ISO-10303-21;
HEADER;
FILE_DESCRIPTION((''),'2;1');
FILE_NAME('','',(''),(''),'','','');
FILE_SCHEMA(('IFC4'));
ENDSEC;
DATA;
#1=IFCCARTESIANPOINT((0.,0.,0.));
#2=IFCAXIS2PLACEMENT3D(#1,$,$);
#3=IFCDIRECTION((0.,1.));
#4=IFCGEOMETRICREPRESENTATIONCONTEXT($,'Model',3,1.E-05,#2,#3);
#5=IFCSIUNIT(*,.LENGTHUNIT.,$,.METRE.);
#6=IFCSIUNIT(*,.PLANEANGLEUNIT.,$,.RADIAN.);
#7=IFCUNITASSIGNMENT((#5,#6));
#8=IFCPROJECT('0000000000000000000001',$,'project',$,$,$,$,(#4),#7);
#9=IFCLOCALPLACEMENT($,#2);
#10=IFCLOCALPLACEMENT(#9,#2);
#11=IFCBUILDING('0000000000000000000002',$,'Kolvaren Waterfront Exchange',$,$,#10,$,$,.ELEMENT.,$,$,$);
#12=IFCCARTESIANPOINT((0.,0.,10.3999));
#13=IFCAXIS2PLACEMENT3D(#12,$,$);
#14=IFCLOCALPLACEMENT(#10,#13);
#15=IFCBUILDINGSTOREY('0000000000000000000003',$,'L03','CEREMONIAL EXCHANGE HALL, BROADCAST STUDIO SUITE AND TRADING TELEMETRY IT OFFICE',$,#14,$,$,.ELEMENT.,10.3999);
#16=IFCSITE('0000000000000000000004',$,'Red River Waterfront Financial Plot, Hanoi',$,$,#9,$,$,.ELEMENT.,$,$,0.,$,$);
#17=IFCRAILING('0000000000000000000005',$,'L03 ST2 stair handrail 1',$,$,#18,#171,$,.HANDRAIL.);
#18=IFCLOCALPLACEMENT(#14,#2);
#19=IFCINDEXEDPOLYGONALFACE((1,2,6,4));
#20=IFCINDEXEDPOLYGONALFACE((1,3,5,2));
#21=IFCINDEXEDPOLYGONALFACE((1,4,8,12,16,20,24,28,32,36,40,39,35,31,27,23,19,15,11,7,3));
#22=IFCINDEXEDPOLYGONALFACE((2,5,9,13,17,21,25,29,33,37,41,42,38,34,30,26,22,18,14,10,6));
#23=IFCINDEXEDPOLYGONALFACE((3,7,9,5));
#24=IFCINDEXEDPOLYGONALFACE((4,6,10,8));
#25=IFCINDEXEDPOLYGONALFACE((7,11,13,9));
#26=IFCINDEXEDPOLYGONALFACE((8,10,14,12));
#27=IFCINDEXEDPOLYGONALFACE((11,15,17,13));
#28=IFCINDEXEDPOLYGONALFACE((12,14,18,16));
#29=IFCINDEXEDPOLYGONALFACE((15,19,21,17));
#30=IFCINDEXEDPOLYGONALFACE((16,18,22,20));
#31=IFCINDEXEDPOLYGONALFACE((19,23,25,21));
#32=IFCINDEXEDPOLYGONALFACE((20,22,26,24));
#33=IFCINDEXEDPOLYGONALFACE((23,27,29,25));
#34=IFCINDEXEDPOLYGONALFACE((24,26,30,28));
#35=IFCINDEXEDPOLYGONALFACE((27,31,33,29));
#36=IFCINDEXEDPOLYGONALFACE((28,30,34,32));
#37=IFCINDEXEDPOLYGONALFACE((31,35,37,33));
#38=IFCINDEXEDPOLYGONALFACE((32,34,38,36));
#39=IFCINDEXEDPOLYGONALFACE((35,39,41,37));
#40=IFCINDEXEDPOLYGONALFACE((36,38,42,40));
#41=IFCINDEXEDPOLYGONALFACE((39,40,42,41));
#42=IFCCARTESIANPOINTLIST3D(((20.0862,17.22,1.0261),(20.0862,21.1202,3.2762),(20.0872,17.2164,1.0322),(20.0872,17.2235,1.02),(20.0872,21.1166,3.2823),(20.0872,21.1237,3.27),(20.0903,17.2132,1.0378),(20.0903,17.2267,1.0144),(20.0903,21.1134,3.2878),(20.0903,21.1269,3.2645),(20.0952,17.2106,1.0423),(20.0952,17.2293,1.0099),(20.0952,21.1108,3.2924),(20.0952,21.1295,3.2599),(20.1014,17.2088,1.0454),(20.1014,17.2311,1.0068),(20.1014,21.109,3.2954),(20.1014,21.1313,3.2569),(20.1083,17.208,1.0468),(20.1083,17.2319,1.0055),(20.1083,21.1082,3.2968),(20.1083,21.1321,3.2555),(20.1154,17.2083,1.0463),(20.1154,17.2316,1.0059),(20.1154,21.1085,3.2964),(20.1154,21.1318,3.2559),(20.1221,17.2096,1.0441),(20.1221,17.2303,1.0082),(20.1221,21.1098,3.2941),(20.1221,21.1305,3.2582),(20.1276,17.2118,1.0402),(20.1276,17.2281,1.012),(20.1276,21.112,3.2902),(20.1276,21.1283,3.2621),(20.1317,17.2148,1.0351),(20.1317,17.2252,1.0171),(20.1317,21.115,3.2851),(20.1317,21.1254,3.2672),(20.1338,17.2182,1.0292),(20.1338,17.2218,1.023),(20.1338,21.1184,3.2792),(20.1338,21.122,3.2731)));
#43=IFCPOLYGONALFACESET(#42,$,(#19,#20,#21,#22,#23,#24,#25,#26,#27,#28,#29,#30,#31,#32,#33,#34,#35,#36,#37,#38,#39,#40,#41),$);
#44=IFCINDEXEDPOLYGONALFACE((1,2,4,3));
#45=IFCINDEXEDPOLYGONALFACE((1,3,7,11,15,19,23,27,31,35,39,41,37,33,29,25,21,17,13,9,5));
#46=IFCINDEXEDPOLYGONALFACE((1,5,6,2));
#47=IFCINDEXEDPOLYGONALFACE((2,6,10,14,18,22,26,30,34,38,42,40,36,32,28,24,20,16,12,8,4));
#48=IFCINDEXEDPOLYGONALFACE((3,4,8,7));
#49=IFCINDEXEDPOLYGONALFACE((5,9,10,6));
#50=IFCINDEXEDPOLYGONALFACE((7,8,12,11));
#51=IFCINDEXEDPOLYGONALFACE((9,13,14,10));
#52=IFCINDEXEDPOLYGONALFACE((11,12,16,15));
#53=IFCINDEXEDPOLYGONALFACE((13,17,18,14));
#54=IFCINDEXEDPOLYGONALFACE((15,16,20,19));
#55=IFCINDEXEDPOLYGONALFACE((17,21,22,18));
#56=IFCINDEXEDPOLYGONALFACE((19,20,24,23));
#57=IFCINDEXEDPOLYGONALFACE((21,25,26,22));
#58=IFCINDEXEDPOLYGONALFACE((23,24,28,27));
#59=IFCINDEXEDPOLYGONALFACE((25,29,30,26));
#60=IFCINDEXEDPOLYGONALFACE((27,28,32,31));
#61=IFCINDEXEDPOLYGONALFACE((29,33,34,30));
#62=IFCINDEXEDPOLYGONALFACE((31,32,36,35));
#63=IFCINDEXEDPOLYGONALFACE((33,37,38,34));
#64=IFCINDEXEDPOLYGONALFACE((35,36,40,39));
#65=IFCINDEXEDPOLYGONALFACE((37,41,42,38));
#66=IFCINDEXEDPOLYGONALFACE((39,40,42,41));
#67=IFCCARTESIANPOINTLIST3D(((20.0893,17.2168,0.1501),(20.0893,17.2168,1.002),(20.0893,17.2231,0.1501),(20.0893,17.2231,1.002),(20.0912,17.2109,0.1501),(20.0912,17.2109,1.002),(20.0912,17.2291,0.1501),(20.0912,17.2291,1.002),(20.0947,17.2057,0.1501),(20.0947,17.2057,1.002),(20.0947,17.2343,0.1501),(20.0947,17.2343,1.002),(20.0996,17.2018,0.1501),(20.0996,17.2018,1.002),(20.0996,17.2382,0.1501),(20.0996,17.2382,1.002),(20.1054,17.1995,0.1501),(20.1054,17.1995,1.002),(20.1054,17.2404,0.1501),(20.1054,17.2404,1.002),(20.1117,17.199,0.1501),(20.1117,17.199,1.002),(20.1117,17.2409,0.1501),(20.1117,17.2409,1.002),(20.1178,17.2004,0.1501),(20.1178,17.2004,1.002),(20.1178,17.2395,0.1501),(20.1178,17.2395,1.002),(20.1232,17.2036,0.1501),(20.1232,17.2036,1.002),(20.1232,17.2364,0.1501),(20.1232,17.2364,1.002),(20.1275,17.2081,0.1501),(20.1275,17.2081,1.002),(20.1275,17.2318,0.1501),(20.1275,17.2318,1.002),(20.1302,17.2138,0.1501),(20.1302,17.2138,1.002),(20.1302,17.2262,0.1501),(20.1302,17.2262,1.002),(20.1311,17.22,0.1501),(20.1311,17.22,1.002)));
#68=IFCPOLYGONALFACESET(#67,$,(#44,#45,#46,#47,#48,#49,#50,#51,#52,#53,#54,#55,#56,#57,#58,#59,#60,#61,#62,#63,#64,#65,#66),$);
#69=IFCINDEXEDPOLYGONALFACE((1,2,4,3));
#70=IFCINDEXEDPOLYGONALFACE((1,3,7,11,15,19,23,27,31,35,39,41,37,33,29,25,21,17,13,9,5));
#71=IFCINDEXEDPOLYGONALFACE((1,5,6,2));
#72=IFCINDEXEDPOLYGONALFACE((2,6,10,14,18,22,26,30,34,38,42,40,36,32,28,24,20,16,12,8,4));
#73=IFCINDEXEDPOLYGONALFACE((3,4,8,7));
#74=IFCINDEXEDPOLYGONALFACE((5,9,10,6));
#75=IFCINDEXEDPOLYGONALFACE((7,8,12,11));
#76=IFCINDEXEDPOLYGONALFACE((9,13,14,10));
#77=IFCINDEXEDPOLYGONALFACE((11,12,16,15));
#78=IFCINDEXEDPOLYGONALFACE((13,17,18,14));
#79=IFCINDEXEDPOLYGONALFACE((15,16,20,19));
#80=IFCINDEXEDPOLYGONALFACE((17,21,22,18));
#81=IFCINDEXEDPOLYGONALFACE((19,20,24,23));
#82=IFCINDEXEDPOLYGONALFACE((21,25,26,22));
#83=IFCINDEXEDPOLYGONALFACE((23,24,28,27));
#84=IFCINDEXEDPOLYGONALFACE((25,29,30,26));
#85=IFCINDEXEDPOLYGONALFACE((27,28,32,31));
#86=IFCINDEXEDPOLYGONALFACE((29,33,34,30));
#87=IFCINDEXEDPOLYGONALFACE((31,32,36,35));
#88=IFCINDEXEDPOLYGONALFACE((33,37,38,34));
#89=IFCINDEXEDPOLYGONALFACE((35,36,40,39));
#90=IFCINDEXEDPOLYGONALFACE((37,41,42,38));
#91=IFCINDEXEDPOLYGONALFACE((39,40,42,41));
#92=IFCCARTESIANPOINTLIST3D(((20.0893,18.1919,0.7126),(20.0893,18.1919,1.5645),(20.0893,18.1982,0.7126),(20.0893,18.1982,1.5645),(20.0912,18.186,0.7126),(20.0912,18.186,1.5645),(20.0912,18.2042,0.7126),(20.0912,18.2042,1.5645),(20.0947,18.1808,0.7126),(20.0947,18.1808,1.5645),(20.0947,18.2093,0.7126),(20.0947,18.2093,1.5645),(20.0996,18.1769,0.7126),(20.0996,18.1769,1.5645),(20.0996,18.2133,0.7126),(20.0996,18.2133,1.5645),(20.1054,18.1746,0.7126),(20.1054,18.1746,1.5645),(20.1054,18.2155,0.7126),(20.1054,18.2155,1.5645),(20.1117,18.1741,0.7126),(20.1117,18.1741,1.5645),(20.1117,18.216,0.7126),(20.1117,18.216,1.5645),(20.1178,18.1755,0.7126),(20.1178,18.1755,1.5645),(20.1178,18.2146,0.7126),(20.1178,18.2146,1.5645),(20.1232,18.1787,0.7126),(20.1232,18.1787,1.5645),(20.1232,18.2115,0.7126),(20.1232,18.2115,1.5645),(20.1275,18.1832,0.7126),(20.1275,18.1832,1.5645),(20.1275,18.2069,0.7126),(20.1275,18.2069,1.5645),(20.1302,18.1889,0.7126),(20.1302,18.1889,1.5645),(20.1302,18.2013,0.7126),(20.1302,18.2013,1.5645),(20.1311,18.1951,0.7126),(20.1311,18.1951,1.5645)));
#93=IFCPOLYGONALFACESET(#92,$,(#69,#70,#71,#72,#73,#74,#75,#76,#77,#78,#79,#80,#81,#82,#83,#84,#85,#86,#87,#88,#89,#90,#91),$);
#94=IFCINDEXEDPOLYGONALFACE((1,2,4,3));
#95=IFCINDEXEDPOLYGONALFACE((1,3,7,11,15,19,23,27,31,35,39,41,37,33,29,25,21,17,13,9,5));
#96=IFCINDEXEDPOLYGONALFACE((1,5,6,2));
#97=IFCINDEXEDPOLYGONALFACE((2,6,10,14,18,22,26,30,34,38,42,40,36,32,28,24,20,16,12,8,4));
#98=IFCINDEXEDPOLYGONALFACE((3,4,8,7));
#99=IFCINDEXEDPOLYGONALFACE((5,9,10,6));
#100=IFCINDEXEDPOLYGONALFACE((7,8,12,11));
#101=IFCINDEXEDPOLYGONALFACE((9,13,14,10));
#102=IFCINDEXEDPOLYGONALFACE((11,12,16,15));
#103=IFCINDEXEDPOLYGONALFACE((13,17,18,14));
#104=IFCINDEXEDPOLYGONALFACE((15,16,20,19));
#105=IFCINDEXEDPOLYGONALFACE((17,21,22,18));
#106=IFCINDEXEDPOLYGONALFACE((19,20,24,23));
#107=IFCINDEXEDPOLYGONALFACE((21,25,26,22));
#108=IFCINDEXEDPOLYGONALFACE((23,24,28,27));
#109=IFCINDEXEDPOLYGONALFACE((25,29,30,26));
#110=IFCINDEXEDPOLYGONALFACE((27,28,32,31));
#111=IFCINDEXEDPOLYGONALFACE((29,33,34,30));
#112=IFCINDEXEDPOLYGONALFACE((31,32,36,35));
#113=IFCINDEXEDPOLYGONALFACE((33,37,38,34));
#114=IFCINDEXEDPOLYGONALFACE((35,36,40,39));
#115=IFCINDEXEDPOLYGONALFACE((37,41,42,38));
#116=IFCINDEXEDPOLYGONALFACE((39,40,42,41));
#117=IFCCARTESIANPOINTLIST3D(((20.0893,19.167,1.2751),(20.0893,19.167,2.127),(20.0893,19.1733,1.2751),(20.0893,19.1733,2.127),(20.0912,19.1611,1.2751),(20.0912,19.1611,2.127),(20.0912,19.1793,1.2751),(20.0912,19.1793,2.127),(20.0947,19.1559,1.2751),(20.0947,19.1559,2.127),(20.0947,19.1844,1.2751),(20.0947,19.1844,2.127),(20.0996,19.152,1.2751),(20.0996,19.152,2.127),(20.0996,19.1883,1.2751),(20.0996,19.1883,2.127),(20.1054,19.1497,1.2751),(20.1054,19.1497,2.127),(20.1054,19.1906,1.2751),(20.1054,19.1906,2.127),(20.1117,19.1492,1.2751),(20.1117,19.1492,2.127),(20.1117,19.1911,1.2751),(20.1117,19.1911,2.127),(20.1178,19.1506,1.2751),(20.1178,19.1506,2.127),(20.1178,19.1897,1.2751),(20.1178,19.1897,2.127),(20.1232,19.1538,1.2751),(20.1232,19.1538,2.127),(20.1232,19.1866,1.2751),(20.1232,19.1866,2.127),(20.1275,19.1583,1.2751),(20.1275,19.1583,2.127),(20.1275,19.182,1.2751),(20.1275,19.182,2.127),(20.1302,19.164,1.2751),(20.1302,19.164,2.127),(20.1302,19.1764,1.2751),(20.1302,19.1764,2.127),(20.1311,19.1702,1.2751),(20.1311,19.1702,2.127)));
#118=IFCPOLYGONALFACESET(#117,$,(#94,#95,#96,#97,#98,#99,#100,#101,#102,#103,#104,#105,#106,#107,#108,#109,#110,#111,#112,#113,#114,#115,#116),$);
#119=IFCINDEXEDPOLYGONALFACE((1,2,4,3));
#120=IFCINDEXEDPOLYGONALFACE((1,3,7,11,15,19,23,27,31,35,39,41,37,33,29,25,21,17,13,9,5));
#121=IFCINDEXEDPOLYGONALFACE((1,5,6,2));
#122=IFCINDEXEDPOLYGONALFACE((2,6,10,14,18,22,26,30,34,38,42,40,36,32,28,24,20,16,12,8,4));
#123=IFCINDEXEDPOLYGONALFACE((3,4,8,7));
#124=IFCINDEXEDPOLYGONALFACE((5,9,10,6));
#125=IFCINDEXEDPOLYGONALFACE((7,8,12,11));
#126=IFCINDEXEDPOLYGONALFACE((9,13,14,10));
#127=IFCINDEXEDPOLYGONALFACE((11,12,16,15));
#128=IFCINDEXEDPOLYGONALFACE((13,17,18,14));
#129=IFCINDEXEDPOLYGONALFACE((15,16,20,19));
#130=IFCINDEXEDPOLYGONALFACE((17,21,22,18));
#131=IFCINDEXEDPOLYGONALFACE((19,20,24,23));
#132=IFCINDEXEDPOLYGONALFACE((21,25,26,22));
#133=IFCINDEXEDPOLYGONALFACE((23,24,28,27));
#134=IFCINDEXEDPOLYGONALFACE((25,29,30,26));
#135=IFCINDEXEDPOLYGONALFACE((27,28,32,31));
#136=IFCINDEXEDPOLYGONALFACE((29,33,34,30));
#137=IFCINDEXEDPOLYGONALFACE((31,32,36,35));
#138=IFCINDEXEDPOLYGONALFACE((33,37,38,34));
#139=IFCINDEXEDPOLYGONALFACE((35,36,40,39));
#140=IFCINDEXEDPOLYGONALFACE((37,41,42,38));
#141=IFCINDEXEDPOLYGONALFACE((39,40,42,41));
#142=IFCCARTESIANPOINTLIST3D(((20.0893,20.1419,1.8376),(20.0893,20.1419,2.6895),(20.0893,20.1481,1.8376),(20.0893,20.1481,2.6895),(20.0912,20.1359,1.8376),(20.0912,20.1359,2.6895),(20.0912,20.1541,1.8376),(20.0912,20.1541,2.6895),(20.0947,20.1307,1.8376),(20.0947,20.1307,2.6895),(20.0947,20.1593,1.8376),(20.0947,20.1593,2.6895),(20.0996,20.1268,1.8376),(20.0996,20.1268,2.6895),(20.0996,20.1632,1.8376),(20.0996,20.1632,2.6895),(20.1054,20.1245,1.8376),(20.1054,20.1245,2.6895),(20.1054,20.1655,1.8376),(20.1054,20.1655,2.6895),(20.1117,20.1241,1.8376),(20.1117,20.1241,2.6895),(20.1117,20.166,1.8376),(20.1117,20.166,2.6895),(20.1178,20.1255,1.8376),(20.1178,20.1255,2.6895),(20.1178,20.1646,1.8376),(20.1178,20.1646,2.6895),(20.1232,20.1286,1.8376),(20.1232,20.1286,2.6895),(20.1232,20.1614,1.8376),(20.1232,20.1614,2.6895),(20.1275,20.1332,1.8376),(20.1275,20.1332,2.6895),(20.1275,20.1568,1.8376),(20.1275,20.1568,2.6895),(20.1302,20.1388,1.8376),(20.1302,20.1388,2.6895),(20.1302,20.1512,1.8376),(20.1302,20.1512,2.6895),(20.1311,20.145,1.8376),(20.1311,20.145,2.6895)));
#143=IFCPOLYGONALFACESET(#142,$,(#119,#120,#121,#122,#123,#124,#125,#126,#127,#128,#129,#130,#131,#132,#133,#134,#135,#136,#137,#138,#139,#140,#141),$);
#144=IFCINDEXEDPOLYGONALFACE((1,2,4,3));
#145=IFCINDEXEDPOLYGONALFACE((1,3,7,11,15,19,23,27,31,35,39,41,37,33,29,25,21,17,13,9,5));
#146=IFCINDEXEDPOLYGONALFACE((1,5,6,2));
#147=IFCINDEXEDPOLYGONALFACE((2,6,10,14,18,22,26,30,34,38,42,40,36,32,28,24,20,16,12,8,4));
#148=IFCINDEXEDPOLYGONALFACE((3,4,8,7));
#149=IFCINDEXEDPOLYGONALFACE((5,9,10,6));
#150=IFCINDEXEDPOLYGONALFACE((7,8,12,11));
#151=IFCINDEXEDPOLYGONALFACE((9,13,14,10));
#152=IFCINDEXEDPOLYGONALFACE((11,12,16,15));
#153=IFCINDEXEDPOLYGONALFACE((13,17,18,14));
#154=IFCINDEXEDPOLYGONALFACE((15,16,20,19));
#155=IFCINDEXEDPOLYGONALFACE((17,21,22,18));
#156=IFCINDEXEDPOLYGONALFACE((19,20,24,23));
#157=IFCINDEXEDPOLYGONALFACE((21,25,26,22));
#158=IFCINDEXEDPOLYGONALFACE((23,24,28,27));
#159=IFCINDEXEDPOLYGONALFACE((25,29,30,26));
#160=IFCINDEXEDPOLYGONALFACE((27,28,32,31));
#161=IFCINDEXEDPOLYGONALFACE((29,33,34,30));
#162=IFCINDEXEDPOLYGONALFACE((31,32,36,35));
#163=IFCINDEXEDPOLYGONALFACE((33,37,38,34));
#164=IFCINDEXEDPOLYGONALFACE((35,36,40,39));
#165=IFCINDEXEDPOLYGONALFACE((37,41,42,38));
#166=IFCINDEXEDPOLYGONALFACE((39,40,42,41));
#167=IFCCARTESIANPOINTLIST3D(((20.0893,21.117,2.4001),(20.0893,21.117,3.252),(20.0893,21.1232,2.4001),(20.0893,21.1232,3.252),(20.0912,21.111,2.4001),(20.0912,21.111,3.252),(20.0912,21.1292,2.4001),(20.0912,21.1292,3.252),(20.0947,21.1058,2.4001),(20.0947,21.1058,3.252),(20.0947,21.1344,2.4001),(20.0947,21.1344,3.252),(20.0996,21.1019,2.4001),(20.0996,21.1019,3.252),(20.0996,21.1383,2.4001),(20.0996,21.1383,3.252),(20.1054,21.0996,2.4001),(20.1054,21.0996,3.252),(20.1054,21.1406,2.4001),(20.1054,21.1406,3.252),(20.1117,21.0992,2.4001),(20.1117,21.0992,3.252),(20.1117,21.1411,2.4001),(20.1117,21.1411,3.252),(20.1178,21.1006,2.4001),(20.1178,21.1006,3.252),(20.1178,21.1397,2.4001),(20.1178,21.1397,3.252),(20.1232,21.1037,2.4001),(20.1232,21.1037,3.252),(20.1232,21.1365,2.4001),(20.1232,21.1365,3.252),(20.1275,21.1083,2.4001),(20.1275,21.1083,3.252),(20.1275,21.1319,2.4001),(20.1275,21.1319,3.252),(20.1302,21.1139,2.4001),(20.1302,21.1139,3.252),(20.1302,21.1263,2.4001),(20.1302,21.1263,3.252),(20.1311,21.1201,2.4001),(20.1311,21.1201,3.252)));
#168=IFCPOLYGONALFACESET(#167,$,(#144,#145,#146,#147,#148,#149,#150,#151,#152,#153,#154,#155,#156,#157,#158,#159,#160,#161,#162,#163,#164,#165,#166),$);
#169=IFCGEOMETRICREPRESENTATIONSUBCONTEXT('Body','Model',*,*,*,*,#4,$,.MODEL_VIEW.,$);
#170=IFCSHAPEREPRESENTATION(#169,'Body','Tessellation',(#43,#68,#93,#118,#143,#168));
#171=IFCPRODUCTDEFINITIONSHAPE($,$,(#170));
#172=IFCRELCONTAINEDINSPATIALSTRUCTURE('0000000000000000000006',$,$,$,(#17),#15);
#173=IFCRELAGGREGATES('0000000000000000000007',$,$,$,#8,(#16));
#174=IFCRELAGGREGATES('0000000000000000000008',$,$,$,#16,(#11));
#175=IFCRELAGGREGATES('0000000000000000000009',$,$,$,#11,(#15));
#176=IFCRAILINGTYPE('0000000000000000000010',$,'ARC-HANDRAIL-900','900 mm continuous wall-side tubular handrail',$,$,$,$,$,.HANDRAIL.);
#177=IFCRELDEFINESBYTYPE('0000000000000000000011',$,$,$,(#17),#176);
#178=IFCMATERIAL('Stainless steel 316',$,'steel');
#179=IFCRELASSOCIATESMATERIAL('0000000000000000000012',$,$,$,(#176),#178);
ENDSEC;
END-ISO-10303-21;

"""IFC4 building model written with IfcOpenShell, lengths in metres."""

from ifc_helpers import new_model, si_unit, direction, frame, origin, origin_2d, place, context, subcontext, project, spatial, circle, extrude, material, type_object, element, save


model = new_model("IFC4")

# Units and contexts
model_context = context("Model", 3, precision=1e-05, world=origin(), true_north=direction((0.0, 1.0)))
body_context = subcontext(model_context, "Body", "Model", "MODEL_VIEW")
ifc_project = project(units=[si_unit("LENGTHUNIT", "METRE"), si_unit("PLANEANGLEUNIT", "RADIAN")], contexts=[model_context])

# Site, building, storey
site_placement = place(None, origin())
site = spatial("IfcSite", under=ifc_project, at=site_placement, Name="Red River Waterfront Financial Plot, Hanoi", CompositionType="ELEMENT", RefElevation=0.0)
building_placement = place(site_placement, origin())
building = spatial("IfcBuilding", under=site, at=building_placement, Name="Kolvaren Waterfront Exchange", CompositionType="ELEMENT")
storey_placement = place(building_placement, frame((0.0, 0.0, 10.3999)))
storey = spatial("IfcBuildingStorey", under=building, at=storey_placement, Name="L03", Description="CEREMONIAL EXCHANGE HALL, BROADCAST STUDIO SUITE AND TRADING TELEMETRY IT OFFICE", CompositionType="ELEMENT", Elevation=10.3999)

# Railing
ifc_material_1 = material(Name="Stainless steel 316", Category="steel")
railing_type_1 = type_object("IfcRailingType", Name="ARC-HANDRAIL-900", Description="900 mm continuous wall-side tubular handrail", PredefinedType="HANDRAIL", material=ifc_material_1)
railing_1_placement = place(storey_placement, frame((20.1101, 17.22, 0.1501)))
element("IfcRailing", 1, at=railing_1_placement, inside=storey, type_object=railing_type_1, Name="L03 ST2 stair handrail 1", PredefinedType="HANDRAIL", context=body_context, shape_type="SweptSolid", body=[
    extrude(circle(Radius=0.0239, at=origin_2d()), frame((0.0, 0.0, 0.876), z_axis=(0.0, 0.866194, 0.499708), x_axis=(-1.0, 0.0, 0.0)), (0.0, 0.0, 1.0), 4.5027),
    extrude(circle(Radius=0.021, at=origin_2d()), origin(), (0.0, 0.0, 1.0), 0.8518),
    extrude(circle(Radius=0.021, at=origin_2d()), frame((0.0, 0.9751, 0.5625)), (0.0, 0.0, 1.0), 0.8518),
    extrude(circle(Radius=0.021, at=origin_2d()), frame((0.0, 1.9502, 1.125)), (0.0, 0.0, 1.0), 0.8518),
    extrude(circle(Radius=0.021, at=origin_2d()), frame((0.0, 2.925, 1.6875)), (0.0, 0.0, 1.0), 0.8518),
    extrude(circle(Radius=0.021, at=origin_2d()), frame((0.0, 3.9001, 2.25)), (0.0, 0.0, 1.0), 0.8518),
])

save(model, "model.ifc")
